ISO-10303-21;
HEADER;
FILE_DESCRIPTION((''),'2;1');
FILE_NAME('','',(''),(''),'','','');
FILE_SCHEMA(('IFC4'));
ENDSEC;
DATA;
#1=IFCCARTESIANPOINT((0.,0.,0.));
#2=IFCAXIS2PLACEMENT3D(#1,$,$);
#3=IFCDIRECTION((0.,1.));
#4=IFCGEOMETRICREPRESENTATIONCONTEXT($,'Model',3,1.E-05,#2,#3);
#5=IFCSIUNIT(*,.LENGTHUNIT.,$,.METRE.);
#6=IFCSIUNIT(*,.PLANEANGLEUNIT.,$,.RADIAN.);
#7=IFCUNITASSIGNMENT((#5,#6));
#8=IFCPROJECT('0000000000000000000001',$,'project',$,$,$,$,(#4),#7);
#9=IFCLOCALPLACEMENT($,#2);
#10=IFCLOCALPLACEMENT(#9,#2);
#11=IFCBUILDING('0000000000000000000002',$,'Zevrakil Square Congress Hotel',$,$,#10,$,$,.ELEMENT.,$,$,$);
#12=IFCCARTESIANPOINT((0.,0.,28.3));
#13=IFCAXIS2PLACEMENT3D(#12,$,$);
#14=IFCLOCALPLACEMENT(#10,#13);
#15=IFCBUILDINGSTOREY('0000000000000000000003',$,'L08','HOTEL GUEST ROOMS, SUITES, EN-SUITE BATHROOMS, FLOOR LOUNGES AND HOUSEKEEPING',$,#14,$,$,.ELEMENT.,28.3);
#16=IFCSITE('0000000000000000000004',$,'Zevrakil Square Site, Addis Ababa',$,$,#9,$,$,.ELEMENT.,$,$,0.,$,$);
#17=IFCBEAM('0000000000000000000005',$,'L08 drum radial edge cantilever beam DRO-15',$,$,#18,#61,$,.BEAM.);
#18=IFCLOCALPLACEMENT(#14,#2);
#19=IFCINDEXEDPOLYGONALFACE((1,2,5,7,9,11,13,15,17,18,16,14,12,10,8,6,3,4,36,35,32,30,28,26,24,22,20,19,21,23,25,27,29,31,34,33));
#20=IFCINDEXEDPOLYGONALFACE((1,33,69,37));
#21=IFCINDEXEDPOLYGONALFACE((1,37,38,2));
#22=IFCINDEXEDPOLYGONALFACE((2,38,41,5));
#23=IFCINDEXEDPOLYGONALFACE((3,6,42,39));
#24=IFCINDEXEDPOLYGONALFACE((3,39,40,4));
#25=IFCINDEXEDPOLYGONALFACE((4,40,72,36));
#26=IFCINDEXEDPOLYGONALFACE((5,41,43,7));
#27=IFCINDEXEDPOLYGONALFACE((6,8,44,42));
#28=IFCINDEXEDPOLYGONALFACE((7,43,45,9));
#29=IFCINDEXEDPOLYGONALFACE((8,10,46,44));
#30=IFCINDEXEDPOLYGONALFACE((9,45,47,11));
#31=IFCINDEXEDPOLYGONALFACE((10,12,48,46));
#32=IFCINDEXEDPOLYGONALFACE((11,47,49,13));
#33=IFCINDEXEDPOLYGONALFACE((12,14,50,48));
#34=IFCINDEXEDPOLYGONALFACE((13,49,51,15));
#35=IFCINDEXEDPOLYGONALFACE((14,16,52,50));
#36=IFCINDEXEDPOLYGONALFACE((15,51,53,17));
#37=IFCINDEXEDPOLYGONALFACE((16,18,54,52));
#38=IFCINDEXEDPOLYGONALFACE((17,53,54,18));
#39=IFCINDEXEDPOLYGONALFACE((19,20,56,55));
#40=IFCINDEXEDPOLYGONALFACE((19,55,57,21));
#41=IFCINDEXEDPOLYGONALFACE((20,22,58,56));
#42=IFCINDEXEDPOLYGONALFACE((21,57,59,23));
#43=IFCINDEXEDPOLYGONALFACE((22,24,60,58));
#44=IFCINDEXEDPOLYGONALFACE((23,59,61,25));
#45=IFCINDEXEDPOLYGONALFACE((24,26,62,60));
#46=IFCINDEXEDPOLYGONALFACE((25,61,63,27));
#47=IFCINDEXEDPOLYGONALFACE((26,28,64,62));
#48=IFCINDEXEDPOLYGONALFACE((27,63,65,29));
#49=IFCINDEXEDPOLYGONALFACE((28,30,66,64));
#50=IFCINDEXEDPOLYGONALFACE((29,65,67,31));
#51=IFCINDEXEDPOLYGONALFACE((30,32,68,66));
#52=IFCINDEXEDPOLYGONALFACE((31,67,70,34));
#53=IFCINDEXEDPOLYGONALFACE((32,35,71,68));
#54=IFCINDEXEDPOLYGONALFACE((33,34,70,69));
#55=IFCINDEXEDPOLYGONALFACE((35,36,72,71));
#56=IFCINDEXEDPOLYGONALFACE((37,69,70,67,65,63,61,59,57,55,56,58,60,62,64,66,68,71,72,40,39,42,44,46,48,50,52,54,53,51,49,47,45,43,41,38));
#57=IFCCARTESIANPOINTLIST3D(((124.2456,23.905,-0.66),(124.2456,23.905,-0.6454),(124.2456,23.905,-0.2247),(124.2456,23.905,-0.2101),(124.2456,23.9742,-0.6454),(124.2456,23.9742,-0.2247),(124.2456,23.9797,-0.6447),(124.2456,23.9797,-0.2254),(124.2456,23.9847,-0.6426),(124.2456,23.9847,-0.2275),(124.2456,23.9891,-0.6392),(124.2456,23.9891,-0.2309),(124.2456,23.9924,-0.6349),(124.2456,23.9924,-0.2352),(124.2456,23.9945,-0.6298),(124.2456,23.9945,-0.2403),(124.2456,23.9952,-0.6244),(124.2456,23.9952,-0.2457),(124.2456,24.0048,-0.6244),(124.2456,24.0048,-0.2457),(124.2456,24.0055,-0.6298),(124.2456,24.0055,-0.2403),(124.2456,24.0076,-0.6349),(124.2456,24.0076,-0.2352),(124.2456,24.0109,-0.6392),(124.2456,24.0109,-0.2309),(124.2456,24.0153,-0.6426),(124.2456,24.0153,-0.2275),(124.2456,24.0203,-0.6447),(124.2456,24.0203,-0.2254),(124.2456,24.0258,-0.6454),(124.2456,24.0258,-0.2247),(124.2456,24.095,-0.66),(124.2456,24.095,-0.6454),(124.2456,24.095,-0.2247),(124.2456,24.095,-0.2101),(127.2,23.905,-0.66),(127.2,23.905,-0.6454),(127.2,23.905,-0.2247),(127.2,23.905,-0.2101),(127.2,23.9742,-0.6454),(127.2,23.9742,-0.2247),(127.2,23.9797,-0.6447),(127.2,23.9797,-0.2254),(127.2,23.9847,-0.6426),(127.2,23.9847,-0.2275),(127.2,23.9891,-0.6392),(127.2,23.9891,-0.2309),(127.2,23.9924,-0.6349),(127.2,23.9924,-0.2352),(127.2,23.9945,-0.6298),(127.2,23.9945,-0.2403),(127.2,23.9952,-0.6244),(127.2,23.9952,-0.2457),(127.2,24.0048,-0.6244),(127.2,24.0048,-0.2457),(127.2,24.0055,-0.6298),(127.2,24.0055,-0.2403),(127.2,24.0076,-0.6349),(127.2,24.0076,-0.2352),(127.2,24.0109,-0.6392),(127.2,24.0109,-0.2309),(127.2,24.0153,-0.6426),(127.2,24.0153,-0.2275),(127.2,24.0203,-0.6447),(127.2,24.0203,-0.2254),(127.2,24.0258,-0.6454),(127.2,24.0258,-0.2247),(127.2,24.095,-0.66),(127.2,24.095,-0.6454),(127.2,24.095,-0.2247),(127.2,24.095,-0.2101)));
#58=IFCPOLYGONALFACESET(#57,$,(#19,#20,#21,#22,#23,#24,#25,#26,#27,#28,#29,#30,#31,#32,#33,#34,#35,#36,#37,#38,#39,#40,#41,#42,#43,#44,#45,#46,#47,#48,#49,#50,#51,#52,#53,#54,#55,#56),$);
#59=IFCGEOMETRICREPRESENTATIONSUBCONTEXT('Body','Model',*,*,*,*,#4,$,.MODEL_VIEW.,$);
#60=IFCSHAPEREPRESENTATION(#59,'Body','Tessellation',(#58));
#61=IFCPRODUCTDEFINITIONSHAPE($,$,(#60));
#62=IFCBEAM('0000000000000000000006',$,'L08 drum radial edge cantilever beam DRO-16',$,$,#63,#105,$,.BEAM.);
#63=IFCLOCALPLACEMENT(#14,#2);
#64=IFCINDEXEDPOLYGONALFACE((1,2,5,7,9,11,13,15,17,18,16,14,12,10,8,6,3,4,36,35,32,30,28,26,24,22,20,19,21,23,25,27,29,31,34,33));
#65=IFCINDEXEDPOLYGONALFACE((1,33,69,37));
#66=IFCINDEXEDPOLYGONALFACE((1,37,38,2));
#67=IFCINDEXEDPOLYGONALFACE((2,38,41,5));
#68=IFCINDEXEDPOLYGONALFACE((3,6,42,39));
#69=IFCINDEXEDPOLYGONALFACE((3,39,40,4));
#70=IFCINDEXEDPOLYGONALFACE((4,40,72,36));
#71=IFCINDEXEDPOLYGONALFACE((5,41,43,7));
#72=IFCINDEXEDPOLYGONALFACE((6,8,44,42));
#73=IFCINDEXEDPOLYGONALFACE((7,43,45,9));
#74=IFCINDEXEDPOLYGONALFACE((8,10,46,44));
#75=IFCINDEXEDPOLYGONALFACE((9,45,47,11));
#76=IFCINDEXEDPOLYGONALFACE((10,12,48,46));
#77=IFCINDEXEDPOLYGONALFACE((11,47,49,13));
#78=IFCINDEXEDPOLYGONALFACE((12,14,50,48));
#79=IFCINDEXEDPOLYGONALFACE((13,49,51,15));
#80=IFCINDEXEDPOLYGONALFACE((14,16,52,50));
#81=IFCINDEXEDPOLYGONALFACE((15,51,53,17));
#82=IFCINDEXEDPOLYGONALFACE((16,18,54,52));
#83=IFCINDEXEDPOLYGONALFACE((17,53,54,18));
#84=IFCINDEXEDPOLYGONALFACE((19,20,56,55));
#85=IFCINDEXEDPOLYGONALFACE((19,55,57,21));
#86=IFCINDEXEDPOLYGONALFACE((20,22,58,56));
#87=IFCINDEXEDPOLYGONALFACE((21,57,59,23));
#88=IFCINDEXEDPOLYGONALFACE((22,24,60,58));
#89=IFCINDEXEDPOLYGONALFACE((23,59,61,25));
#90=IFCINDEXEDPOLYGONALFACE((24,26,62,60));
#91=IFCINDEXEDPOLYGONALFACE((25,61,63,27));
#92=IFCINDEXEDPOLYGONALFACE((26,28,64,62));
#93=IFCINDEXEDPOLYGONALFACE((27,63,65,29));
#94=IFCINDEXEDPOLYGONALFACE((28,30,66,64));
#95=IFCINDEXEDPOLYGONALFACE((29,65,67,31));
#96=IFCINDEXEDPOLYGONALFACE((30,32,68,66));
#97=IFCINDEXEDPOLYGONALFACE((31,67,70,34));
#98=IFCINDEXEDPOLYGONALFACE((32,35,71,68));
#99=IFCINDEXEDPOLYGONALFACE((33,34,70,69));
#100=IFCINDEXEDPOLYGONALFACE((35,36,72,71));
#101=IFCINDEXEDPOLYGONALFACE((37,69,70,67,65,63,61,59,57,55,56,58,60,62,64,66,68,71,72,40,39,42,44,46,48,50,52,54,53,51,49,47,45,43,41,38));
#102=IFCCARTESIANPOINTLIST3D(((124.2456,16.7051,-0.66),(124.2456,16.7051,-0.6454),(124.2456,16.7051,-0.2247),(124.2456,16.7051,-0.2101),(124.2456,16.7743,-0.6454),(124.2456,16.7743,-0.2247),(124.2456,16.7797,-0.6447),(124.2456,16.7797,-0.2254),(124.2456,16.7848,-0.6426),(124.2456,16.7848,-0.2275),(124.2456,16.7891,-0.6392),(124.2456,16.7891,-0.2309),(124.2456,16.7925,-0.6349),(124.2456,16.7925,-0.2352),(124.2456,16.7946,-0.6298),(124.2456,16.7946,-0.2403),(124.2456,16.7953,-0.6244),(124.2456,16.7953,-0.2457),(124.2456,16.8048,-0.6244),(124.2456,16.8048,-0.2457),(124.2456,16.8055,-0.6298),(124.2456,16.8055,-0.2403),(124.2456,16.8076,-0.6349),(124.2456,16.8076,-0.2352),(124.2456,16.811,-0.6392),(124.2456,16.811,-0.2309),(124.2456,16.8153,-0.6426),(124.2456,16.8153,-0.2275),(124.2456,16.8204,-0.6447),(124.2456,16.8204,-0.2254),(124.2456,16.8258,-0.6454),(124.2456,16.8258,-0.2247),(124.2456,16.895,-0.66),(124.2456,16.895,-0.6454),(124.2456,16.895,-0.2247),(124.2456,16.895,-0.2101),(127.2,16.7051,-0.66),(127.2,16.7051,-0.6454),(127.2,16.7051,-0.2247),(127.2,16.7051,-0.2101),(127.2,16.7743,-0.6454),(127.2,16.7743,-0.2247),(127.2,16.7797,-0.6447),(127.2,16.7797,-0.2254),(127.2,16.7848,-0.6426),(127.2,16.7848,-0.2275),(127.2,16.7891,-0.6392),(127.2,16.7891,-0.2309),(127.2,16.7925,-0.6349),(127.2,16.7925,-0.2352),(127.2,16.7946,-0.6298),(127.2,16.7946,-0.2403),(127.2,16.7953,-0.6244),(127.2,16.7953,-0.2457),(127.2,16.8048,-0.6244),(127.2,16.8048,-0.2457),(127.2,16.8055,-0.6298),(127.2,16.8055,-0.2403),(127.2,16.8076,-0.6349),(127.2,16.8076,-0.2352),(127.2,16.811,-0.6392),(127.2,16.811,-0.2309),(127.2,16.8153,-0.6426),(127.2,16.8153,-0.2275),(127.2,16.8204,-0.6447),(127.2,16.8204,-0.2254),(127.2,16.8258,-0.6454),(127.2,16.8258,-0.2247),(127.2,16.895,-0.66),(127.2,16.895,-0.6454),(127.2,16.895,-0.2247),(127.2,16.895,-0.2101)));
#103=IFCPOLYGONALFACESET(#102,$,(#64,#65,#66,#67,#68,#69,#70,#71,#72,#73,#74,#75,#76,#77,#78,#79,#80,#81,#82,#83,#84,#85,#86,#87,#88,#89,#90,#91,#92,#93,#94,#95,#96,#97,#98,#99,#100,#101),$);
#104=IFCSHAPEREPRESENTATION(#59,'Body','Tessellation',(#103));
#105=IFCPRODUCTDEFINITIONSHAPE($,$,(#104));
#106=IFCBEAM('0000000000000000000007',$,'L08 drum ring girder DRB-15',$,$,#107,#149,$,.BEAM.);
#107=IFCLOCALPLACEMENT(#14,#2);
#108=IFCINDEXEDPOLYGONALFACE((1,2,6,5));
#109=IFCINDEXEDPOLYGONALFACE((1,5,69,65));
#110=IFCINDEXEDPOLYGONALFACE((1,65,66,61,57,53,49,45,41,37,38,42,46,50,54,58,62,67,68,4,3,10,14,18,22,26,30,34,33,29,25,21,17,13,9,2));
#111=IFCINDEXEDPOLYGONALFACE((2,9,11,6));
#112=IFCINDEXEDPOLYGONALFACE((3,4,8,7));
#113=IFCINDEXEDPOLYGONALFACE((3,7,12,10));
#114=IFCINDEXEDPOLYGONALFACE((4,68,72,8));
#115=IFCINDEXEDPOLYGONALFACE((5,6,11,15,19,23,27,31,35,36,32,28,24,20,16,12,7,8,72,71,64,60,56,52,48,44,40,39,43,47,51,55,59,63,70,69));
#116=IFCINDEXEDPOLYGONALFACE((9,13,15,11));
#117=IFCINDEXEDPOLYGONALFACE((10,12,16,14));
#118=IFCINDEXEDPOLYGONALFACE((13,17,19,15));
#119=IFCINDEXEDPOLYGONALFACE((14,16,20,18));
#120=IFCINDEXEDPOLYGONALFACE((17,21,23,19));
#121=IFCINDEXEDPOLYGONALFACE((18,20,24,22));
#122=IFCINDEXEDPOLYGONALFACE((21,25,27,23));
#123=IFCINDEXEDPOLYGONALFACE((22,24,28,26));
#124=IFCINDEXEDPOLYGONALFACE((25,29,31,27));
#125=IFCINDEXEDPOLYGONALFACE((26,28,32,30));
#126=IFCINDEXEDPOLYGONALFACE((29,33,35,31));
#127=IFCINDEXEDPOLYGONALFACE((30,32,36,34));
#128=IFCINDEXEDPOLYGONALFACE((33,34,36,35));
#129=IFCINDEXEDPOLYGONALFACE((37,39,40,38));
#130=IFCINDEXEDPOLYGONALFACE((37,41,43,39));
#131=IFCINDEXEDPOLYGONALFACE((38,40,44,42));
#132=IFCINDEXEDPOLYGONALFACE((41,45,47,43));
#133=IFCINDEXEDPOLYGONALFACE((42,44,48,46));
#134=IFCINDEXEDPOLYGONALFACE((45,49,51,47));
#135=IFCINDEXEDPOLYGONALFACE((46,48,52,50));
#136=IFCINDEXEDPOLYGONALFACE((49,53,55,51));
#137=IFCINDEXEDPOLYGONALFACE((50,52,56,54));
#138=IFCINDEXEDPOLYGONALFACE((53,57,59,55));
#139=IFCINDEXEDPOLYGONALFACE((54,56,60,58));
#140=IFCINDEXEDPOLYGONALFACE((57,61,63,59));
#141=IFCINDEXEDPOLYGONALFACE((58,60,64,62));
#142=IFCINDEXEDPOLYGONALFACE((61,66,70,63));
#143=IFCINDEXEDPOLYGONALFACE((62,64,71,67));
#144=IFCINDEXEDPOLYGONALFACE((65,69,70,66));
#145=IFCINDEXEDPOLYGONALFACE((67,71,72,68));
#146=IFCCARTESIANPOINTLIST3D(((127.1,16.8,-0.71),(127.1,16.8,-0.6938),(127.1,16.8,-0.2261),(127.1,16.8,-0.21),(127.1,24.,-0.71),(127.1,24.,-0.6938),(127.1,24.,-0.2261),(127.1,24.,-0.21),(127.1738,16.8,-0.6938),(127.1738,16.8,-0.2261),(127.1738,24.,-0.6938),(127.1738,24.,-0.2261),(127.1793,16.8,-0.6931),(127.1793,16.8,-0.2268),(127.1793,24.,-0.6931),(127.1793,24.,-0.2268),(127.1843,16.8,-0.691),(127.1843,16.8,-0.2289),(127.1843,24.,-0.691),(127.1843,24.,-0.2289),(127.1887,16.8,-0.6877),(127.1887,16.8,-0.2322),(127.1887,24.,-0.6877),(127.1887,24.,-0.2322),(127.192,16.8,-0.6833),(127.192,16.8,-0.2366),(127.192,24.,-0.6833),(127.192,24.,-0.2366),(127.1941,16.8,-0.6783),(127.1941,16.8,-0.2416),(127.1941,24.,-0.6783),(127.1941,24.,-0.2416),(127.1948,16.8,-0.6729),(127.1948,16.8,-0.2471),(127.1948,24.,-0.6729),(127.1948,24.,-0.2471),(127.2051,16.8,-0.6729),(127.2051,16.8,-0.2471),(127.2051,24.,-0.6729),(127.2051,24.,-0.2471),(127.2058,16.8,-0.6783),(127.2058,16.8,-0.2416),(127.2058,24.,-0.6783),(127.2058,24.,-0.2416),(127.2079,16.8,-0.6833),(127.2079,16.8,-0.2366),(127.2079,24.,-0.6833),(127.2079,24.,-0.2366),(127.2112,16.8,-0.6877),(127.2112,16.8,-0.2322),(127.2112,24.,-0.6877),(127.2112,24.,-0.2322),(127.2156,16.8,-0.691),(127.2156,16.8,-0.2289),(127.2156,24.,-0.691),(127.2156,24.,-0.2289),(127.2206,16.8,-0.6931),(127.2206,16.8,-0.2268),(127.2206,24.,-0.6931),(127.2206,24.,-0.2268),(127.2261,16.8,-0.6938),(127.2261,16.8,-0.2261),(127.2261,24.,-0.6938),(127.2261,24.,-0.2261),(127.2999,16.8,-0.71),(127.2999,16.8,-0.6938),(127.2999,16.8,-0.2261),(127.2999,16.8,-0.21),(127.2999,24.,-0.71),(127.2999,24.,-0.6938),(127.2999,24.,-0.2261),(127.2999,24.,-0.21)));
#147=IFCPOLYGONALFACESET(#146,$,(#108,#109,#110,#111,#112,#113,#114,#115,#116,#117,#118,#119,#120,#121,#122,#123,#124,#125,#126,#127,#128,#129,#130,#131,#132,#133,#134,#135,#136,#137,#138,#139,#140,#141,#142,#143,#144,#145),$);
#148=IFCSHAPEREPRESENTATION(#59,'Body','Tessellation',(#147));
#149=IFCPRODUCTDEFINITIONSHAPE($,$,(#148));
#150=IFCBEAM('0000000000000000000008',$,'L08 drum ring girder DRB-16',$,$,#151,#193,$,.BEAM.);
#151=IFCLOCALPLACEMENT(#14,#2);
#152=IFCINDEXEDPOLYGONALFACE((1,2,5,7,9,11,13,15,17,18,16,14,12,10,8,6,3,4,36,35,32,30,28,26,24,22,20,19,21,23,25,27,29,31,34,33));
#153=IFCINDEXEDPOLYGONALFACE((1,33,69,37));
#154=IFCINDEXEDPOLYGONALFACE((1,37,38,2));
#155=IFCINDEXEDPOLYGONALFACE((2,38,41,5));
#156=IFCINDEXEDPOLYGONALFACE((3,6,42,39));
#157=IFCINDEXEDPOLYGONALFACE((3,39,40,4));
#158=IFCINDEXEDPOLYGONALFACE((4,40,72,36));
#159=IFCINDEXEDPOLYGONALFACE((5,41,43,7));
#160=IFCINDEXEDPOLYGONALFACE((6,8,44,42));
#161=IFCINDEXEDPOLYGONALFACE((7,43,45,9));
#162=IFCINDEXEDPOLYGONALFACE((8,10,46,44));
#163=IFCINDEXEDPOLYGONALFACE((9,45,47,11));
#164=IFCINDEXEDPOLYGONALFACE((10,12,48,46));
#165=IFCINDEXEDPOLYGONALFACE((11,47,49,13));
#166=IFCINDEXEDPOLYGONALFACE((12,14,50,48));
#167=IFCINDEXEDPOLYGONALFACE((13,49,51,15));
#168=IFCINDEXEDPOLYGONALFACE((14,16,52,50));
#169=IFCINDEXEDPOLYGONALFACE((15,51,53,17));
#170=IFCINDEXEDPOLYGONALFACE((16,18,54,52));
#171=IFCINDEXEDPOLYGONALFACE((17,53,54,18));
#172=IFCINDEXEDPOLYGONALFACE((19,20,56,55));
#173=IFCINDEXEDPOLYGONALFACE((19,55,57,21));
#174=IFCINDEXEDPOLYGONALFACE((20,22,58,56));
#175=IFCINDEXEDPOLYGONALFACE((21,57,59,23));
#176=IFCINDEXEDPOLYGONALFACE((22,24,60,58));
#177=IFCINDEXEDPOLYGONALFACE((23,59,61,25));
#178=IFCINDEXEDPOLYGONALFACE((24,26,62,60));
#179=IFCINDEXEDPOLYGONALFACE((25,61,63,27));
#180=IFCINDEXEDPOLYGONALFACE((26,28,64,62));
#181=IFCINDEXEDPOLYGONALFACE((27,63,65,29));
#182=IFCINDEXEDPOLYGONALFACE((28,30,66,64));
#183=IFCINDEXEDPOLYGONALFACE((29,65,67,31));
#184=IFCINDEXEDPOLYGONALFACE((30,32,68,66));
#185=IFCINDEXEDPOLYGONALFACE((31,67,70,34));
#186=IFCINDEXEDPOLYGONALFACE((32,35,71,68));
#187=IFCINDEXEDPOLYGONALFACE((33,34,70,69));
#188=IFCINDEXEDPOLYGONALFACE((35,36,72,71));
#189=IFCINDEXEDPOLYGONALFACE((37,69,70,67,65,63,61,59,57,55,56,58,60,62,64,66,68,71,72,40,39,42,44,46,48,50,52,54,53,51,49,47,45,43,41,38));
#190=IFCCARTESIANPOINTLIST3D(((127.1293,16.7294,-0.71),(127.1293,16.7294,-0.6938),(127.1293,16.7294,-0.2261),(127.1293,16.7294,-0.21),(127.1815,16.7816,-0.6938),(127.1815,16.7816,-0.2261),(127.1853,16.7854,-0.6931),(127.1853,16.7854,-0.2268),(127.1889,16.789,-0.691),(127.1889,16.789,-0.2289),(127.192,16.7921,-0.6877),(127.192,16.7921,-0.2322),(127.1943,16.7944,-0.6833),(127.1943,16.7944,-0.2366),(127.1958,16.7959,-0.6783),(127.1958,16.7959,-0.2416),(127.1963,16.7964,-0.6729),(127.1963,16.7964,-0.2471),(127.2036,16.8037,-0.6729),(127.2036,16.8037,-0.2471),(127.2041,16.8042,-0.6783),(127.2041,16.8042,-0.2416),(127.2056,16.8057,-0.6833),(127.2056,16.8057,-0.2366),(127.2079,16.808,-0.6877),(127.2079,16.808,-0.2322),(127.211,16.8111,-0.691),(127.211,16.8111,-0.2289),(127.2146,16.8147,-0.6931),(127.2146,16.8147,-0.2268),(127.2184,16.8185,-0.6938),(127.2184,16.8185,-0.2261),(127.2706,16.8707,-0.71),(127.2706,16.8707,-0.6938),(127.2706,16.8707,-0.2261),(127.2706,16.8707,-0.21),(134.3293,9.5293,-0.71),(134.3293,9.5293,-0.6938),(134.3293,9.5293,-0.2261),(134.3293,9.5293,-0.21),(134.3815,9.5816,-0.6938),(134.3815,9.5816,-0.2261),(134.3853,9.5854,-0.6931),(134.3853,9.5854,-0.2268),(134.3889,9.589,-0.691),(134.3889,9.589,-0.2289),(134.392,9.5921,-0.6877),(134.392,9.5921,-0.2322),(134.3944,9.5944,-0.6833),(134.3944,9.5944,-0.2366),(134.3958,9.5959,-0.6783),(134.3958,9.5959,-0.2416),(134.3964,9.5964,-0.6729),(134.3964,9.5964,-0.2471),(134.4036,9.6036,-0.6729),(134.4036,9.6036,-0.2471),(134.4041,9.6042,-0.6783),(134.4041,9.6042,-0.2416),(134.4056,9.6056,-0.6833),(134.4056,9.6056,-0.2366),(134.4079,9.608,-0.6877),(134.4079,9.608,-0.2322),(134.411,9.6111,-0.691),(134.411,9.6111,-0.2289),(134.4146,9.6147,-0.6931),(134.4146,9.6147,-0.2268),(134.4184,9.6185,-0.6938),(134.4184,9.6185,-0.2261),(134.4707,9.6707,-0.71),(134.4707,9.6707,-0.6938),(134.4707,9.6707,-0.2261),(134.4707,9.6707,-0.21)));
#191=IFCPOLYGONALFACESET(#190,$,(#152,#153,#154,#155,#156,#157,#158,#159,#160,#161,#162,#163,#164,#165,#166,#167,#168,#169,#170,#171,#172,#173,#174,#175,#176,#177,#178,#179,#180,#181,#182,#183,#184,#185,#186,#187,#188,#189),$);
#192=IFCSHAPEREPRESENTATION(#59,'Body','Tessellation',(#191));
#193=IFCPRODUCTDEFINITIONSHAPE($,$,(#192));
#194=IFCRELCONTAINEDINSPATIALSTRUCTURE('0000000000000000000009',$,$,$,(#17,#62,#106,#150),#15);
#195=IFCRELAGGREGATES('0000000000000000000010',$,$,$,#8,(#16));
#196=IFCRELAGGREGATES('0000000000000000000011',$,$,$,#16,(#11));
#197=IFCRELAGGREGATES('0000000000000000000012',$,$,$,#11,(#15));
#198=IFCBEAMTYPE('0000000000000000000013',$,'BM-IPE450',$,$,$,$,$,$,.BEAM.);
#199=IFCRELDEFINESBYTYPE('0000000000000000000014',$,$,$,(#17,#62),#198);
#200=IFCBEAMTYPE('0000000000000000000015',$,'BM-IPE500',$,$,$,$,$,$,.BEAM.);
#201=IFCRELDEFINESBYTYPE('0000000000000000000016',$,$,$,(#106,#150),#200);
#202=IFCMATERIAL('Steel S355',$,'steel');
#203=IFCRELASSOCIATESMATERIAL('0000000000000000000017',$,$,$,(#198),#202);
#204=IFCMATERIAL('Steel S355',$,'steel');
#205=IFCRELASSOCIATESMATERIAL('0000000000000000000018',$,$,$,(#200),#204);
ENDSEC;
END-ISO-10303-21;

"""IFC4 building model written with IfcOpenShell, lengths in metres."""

from ifc_helpers import new_model, si_unit, direction, frame, origin, origin_2d, place, context, subcontext, project, spatial, i_section, extrude, material, material_profile, profile_set, type_object, element, save


model = new_model("IFC4")

# Units and contexts
model_context = context("Model", 3, precision=1e-05, world=origin(), true_north=direction((0.0, 1.0)))
body_context = subcontext(model_context, "Body", "Model", "MODEL_VIEW")
ifc_project = project(units=[si_unit("LENGTHUNIT", "METRE"), si_unit("PLANEANGLEUNIT", "RADIAN")], contexts=[model_context])

# Site, building, storey
site_placement = place(None, origin())
site = spatial("IfcSite", under=ifc_project, at=site_placement, Name="Zevrakil Square Site, Addis Ababa", CompositionType="ELEMENT", RefElevation=0.0)
building_placement = place(site_placement, origin())
building = spatial("IfcBuilding", under=site, at=building_placement, Name="Zevrakil Square Congress Hotel", CompositionType="ELEMENT")
storey_placement = place(building_placement, frame((0.0, 0.0, 28.3)))
storey = spatial("IfcBuildingStorey", under=building, at=storey_placement, Name="L08", Description="HOTEL GUEST ROOMS, SUITES, EN-SUITE BATHROOMS, FLOOR LOUNGES AND HOUSEKEEPING", CompositionType="ELEMENT", Elevation=28.3)

# Beams
ifc_material_1 = material(Name="Steel S355", Category="steel")
ifc_material_profile_1 = material_profile(ifc_material_1, i_section(OverallWidth=0.1899, OverallDepth=0.45, WebThickness=0.0095, FlangeThickness=0.0146, FilletRadius=0.021, at=origin_2d()), Name="IPE 450")
ifc_profile_set_1 = profile_set([ifc_material_profile_1], Name="Steel S355")
beam_type_1 = type_object("IfcBeamType", Name="BM-IPE450", PredefinedType="BEAM", material=ifc_profile_set_1)
for number, where, z_axis, x_axis, name in (
    (1, (127.2, 24.0, -0.4351), (-1.0, 0.0, 0.0), (0.0, -1.0, 0.0), "L08 drum radial edge cantilever beam DRO-15"),
    (2, (127.2, 16.8, -0.4351), (-1.0, 0.0, 0.0), (0.0, -1.0, 0.0), "L08 drum radial edge cantilever beam DRO-16"),
):
    element("IfcBeam", number, at=place(storey_placement, frame(where, z_axis=z_axis, x_axis=x_axis)), inside=storey, type_object=beam_type_1, Name=name, PredefinedType="BEAM", context=body_context, shape_type="SweptSolid", body=[
        extrude(i_section(OverallWidth=0.1899, OverallDepth=0.45, WebThickness=0.0095, FlangeThickness=0.0146, FilletRadius=0.021, at=origin_2d()), origin(), (0.0, 0.0, 1.0), 2.9543),
    ])
ifc_material_2 = material(Name="Steel S355", Category="steel")
ifc_material_profile_2 = material_profile(ifc_material_2, i_section(OverallWidth=0.2, OverallDepth=0.5, WebThickness=0.0103, FlangeThickness=0.0161, FilletRadius=0.021, at=origin_2d()), Name="IPE 500")
ifc_profile_set_2 = profile_set([ifc_material_profile_2], Name="Steel S355")
beam_type_2 = type_object("IfcBeamType", Name="BM-IPE500", PredefinedType="BEAM", material=ifc_profile_set_2)
beam_1_placement = place(storey_placement, frame((127.2, 24.0, -0.46), z_axis=(0.0, -1.0, 0.0), x_axis=(1.0, 0.0, 0.0)))
element("IfcBeam", 3, at=beam_1_placement, inside=storey, type_object=beam_type_2, Name="L08 drum ring girder DRB-15", PredefinedType="BEAM", context=body_context, shape_type="SweptSolid", body=[
    extrude(i_section(OverallWidth=0.2, OverallDepth=0.5, WebThickness=0.0103, FlangeThickness=0.0161, FilletRadius=0.021, at=origin_2d()), origin(), (0.0, 0.0, 1.0), 7.2),
])
beam_2_placement = place(storey_placement, frame((127.2, 16.8, -0.46), z_axis=(0.707107, -0.707107, 0.0), x_axis=(0.707107, 0.707107, 0.0)))
element("IfcBeam", 4, at=beam_2_placement, inside=storey, type_object=beam_type_2, Name="L08 drum ring girder DRB-16", PredefinedType="BEAM", context=body_context, shape_type="SweptSolid", body=[
    extrude(i_section(OverallWidth=0.2, OverallDepth=0.5, WebThickness=0.0103, FlangeThickness=0.0161, FilletRadius=0.021, at=origin_2d()), origin(), (0.0, 0.0, 1.0), 10.1824),
])

save(model, "model.ifc")
